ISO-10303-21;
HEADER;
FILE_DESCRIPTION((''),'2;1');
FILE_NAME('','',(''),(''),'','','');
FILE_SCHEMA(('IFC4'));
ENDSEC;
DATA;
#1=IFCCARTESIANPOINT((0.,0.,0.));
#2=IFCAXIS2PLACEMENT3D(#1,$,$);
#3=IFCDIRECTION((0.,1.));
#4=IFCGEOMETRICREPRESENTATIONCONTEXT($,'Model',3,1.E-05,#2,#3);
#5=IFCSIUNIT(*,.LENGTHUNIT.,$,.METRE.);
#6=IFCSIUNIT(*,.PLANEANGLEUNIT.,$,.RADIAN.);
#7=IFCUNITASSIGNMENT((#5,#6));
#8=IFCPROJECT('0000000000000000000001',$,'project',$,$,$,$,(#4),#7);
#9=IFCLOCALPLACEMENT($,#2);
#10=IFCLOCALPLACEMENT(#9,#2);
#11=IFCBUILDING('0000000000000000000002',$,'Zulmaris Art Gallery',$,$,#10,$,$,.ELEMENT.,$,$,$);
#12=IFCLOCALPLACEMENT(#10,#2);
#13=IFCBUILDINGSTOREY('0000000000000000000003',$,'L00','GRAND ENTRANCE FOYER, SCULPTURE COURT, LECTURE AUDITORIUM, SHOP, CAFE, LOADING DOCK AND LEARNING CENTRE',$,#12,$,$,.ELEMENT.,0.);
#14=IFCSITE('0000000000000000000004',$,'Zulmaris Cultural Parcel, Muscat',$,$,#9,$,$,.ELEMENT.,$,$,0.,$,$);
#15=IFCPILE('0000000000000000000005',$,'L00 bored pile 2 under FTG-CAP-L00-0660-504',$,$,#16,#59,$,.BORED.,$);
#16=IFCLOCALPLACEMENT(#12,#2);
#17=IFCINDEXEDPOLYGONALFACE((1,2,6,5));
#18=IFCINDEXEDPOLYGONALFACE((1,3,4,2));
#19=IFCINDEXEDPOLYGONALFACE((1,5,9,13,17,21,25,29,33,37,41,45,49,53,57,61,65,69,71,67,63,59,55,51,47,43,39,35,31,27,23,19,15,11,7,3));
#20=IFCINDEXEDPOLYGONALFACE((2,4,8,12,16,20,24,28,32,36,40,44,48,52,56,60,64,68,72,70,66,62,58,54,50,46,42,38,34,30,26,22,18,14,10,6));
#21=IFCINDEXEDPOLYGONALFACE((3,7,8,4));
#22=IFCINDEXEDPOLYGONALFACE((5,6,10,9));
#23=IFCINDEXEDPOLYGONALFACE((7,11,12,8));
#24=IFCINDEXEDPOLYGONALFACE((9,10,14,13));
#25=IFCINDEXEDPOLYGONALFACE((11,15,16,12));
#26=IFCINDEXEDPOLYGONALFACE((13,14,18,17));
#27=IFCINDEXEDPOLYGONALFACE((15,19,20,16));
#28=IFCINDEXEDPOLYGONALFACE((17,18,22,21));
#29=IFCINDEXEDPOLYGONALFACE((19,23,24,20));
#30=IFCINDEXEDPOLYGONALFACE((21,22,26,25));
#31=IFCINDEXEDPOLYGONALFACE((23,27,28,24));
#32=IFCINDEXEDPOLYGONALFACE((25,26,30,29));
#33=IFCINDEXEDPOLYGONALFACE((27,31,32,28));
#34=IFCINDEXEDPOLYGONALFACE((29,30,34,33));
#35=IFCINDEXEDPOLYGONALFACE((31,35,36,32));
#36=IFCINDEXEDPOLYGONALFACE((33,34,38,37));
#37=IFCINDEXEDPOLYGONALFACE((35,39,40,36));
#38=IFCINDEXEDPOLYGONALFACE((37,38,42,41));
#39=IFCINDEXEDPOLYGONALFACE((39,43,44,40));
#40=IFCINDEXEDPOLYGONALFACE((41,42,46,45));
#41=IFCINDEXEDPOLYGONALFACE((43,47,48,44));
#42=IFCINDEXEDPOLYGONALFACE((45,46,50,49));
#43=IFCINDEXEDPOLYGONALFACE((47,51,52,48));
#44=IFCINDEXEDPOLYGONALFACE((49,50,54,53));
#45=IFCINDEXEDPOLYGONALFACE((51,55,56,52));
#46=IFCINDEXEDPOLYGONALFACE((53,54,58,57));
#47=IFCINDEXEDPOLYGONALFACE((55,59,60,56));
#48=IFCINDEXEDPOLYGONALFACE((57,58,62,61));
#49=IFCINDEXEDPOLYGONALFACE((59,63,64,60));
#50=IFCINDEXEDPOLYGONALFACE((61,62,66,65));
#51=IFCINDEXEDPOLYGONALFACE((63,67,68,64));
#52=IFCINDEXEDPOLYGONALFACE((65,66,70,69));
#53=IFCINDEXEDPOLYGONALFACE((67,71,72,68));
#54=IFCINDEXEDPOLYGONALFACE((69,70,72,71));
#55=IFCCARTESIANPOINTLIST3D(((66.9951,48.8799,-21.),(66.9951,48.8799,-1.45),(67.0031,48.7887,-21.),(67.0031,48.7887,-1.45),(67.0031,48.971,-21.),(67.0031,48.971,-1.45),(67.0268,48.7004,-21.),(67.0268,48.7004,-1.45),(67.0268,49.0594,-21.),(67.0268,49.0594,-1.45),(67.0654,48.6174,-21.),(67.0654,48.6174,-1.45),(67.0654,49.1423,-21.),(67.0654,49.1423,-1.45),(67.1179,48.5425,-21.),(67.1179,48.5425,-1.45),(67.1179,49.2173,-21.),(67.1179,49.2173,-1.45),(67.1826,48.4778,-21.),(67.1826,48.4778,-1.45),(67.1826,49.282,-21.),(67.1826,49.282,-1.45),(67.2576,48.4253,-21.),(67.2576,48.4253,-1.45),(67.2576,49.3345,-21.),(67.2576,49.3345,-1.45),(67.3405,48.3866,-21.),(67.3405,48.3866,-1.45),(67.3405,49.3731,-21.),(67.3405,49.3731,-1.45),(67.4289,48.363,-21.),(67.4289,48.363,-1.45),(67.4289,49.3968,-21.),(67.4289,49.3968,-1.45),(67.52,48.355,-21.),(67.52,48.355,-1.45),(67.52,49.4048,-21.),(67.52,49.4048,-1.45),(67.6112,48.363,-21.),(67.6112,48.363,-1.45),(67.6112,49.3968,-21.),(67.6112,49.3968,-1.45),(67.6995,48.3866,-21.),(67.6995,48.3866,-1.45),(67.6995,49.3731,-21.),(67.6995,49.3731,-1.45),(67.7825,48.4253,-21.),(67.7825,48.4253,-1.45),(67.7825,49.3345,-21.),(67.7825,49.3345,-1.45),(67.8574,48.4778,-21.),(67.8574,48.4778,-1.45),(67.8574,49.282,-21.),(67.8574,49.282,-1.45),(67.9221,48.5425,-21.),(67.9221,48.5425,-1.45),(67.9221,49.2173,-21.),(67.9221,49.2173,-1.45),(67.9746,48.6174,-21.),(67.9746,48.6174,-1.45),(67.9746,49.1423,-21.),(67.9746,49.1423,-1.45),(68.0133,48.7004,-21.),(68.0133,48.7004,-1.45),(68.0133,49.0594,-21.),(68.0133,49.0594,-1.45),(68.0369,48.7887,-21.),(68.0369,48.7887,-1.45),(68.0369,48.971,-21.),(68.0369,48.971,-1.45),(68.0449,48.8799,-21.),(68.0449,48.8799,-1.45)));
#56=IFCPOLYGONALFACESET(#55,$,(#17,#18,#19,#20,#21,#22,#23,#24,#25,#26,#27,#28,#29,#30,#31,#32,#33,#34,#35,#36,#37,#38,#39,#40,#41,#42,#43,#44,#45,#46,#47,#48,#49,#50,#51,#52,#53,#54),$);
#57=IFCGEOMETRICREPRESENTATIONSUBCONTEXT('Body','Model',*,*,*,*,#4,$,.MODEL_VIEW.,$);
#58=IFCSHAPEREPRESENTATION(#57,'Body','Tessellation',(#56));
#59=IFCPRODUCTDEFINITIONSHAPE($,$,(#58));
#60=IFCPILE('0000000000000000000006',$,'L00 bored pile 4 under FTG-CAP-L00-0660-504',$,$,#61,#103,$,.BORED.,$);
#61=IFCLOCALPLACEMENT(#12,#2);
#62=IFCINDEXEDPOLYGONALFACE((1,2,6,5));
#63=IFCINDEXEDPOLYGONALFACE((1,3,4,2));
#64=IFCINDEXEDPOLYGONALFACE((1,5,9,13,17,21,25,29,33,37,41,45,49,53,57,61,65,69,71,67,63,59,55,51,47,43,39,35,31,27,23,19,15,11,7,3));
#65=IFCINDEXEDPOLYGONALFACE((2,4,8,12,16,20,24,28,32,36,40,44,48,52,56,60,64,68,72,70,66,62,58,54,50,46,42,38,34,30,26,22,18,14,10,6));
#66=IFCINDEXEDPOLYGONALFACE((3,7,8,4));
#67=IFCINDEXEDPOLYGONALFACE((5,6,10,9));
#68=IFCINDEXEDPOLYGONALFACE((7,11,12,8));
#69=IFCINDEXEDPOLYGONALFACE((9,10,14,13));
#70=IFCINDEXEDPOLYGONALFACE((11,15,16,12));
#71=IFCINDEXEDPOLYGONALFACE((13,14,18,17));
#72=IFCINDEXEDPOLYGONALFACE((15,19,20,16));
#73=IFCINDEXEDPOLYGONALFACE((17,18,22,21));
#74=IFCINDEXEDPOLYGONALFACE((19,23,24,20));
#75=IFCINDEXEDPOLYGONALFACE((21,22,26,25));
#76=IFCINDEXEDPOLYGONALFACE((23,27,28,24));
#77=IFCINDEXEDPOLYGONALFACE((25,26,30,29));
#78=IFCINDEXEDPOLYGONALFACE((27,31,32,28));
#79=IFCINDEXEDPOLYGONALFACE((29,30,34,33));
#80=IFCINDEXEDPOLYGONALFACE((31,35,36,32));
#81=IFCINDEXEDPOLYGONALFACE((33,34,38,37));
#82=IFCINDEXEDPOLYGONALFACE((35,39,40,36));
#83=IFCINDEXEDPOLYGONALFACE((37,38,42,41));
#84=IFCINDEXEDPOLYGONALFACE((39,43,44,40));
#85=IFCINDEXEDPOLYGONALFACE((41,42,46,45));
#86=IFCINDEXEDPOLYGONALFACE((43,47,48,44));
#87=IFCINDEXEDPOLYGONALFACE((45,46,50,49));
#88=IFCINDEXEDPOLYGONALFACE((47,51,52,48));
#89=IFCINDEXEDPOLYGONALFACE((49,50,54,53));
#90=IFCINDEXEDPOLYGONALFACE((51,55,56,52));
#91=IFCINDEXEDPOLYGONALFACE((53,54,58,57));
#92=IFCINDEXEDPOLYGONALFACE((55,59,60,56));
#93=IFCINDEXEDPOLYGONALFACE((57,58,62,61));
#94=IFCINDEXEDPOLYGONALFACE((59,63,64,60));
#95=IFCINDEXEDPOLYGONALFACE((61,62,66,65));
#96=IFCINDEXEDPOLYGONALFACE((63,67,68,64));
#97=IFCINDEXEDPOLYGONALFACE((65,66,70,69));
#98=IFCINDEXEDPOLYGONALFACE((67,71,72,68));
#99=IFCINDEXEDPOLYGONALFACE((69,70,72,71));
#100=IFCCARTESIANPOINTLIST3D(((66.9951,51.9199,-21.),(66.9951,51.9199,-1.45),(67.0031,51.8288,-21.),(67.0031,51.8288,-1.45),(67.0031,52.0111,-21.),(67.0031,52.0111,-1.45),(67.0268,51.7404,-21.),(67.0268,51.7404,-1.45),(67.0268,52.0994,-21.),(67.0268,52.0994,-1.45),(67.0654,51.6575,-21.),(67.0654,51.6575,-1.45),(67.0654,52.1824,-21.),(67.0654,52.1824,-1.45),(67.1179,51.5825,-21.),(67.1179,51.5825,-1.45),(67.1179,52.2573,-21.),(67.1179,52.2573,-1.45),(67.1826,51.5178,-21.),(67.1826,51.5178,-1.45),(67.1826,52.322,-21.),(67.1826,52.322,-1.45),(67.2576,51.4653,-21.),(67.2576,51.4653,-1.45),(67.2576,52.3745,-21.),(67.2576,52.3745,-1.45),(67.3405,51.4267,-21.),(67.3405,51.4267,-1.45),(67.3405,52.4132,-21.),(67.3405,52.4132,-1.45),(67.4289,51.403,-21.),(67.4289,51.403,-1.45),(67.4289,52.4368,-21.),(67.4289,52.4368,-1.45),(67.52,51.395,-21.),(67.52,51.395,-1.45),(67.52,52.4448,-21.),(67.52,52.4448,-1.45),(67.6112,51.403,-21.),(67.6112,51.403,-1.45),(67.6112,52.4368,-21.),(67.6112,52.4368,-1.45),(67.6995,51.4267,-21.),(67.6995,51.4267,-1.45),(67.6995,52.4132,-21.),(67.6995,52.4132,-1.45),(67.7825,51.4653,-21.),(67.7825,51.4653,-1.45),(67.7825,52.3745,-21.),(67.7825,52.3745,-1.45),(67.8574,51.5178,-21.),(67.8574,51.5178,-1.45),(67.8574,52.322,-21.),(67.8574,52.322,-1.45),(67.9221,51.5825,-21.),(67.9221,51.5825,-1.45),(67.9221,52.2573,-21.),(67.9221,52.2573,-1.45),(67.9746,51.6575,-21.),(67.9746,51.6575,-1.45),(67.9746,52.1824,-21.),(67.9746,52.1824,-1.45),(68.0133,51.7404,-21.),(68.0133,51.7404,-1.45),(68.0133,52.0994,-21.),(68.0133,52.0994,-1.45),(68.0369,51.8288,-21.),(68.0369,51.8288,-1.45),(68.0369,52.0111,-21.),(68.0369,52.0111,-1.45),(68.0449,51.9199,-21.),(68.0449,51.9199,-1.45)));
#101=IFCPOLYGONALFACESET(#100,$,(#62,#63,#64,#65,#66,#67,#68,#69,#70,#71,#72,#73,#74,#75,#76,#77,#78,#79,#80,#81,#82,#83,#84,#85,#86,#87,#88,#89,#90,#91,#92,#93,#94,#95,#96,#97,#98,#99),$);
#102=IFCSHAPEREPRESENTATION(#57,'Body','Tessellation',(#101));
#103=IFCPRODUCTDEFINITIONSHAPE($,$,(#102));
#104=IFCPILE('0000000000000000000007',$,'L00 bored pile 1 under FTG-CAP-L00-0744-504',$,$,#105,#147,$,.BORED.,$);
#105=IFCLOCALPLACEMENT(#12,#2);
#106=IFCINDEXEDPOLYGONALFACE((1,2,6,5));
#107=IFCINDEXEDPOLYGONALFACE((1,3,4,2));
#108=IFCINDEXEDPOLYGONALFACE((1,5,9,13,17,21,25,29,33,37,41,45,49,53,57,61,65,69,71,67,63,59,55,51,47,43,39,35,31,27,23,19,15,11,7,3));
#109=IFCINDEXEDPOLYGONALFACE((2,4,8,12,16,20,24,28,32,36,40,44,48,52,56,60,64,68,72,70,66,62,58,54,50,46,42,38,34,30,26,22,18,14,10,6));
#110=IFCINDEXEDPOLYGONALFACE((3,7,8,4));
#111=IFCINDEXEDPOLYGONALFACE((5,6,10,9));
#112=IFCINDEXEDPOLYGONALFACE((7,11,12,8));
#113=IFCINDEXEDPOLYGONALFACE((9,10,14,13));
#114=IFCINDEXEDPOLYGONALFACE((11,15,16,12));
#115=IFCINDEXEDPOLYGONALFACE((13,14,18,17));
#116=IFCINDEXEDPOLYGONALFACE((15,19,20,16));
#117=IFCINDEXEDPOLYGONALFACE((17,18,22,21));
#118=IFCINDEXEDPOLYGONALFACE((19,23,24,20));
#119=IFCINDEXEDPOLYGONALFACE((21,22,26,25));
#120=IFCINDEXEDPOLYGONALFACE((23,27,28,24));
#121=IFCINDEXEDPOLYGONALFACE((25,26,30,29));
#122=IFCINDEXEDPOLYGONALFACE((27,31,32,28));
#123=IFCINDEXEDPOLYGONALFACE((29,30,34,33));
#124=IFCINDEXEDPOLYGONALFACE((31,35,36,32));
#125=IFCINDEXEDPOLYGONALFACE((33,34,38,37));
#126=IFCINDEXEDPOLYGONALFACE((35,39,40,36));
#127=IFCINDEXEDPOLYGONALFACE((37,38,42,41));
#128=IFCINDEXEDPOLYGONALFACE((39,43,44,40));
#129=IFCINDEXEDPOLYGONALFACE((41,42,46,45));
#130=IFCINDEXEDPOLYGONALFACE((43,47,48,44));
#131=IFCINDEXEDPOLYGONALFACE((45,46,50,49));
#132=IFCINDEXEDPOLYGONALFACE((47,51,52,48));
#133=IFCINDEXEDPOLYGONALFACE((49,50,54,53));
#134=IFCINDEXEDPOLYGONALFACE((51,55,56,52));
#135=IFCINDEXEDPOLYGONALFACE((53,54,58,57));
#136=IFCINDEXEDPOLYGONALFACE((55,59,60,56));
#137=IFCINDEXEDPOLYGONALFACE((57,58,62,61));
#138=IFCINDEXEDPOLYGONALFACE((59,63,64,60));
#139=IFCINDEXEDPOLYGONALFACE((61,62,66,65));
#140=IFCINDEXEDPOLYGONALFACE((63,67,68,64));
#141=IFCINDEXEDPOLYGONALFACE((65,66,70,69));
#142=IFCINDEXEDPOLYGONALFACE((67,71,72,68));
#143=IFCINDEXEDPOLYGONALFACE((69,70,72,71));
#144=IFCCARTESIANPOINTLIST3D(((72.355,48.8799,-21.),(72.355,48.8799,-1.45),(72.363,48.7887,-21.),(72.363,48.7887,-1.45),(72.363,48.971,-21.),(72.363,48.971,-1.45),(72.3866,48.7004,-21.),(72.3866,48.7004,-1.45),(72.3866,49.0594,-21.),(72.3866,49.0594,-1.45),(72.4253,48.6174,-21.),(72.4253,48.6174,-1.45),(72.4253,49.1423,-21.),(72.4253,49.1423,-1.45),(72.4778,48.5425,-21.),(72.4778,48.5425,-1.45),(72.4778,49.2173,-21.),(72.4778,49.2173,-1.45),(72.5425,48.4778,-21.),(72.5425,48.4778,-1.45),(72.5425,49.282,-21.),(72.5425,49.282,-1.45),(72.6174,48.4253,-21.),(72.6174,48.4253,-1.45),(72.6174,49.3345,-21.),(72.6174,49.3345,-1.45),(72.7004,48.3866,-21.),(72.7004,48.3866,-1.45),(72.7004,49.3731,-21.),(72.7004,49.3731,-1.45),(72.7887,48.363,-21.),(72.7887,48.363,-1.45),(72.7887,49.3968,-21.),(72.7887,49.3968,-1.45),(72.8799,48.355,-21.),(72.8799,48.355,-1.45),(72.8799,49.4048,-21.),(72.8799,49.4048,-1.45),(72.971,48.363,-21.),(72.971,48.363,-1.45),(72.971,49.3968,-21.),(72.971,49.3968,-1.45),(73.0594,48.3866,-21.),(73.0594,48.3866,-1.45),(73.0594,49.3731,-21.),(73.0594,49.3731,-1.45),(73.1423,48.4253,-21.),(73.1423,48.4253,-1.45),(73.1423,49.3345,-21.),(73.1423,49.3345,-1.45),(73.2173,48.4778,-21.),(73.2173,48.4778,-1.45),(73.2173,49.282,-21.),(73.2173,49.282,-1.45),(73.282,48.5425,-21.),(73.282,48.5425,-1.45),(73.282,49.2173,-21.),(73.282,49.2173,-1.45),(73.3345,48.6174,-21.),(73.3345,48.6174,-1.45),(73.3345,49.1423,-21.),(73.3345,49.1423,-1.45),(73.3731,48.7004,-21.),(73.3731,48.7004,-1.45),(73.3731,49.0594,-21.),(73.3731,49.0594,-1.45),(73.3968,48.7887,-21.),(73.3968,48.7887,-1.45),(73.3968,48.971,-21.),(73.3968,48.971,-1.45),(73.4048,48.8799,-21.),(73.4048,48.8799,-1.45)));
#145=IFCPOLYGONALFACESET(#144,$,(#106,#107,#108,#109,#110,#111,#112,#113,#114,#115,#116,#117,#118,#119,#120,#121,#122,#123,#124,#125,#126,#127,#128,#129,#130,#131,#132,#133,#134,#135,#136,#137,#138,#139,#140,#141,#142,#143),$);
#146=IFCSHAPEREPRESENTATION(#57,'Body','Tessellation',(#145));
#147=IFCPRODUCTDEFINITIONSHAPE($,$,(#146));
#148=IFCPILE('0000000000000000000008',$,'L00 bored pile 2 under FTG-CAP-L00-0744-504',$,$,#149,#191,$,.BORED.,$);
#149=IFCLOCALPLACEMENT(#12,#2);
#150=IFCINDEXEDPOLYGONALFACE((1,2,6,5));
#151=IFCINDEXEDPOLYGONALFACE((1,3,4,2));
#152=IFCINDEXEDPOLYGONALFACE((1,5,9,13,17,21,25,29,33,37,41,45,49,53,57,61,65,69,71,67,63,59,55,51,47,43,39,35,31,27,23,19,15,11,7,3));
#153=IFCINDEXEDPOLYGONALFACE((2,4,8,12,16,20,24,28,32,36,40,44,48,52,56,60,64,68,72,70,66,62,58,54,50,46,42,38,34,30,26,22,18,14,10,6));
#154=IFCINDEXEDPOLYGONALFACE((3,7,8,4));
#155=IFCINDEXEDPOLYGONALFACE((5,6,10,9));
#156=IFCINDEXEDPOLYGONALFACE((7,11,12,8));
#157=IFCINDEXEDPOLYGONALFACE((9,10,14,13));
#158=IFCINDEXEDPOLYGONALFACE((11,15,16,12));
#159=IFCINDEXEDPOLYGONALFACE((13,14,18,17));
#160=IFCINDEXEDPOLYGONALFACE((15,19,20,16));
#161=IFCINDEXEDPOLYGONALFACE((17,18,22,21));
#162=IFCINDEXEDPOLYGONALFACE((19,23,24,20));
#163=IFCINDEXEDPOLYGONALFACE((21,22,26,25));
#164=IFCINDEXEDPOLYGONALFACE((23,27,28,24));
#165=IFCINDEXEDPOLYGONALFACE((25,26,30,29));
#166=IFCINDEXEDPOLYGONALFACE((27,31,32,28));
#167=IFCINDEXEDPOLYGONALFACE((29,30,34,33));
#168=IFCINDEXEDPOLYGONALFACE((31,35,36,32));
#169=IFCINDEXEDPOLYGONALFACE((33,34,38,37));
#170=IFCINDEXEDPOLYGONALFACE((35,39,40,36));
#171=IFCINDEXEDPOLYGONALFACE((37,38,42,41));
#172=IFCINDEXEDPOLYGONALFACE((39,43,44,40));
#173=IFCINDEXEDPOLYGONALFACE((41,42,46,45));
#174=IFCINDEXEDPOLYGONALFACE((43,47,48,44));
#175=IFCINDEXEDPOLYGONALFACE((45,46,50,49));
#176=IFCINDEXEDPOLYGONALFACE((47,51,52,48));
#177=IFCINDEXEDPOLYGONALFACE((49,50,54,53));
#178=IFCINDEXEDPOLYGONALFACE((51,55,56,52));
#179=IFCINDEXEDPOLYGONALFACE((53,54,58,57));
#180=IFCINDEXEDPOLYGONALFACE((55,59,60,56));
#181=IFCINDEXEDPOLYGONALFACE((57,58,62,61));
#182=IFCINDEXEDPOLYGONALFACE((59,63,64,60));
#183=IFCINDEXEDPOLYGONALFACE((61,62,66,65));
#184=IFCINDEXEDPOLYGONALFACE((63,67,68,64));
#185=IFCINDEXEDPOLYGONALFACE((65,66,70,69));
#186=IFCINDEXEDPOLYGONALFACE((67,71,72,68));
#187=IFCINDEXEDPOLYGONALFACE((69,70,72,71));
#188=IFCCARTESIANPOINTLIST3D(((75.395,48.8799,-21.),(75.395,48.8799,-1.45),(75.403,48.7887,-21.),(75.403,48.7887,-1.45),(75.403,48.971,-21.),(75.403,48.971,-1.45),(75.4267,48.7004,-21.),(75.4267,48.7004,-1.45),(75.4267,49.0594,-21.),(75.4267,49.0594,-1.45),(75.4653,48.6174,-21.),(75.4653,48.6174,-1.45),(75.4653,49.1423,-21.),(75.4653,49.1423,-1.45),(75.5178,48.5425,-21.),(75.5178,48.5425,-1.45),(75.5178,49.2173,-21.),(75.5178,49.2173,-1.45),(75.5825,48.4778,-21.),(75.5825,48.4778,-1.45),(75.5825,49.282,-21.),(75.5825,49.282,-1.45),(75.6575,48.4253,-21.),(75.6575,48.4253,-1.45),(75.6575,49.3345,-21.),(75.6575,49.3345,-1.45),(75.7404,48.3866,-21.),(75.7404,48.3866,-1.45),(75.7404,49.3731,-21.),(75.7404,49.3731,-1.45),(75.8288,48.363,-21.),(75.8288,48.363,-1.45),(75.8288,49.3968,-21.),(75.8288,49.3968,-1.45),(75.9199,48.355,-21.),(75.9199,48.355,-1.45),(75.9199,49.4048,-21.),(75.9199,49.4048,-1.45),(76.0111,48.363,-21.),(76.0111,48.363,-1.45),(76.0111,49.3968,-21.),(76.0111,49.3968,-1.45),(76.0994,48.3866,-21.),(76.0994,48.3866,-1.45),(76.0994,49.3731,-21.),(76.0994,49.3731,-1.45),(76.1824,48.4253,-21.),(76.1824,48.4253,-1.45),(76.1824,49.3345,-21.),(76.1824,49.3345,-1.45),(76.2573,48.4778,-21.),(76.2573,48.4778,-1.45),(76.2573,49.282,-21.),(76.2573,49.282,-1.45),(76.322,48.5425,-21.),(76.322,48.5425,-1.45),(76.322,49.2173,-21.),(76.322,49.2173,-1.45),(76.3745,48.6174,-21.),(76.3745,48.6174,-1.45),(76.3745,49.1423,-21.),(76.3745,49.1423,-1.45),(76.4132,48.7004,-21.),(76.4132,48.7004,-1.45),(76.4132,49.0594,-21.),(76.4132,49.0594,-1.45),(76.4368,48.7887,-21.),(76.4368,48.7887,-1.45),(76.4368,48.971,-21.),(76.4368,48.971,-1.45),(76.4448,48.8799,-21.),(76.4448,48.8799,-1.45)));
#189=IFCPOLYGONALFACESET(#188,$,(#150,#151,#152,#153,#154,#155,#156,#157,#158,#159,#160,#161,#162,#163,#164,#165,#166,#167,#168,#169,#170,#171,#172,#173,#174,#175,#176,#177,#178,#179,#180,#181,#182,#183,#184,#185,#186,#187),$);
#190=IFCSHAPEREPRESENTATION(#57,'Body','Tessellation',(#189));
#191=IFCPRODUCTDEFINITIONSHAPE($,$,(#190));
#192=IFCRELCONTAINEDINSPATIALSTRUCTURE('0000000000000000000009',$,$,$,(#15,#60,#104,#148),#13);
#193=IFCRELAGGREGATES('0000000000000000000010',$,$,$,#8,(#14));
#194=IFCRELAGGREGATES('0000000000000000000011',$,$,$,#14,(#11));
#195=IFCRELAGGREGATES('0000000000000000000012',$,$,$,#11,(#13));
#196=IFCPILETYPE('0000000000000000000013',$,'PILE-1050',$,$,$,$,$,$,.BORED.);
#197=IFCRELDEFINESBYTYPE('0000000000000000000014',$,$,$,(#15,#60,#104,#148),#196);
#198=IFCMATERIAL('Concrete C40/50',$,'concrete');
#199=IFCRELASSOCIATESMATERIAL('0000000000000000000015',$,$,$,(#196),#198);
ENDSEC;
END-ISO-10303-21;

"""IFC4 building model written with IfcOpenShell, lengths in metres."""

from ifc_helpers import new_model, si_unit, direction, frame, origin, origin_2d, place, context, subcontext, project, spatial, circle, extrude, material, material_profile, profile_set, type_object, element, save


model = new_model("IFC4")

# Units and contexts
model_context = context("Model", 3, precision=1e-05, world=origin(), true_north=direction((0.0, 1.0)))
body_context = subcontext(model_context, "Body", "Model", "MODEL_VIEW")
ifc_project = project(units=[si_unit("LENGTHUNIT", "METRE"), si_unit("PLANEANGLEUNIT", "RADIAN")], contexts=[model_context])

# Site, building, storey
site_placement = place(None, origin())
site = spatial("IfcSite", under=ifc_project, at=site_placement, Name="Zulmaris Cultural Parcel, Muscat", CompositionType="ELEMENT", RefElevation=0.0)
building_placement = place(site_placement, origin())
building = spatial("IfcBuilding", under=site, at=building_placement, Name="Zulmaris Art Gallery", CompositionType="ELEMENT")
storey_placement = place(building_placement, origin())
storey = spatial("IfcBuildingStorey", under=building, at=storey_placement, Name="L00", Description="GRAND ENTRANCE FOYER, SCULPTURE COURT, LECTURE AUDITORIUM, SHOP, CAFE, LOADING DOCK AND LEARNING CENTRE", CompositionType="ELEMENT", Elevation=0.0)

# Piles
ifc_material_1 = material(Name="Concrete C40/50", Category="concrete")
ifc_material_profile_1 = material_profile(ifc_material_1, circle(Radius=0.5249, at=origin_2d()), Name="PILE DIA 1050")
ifc_profile_set_1 = profile_set([ifc_material_profile_1], Name="Concrete C40/50")
pile_type = type_object("IfcPileType", Name="PILE-1050", PredefinedType="BORED", material=ifc_profile_set_1)
for number, where, z_axis, x_axis, name in (
    (1, (67.52, 48.8799, -1.45), (0.0, 0.0, -1.0), (1.0, 0.0, 0.0), "L00 bored pile 2 under FTG-CAP-L00-0660-504"),
    (2, (67.52, 51.9199, -1.45), (0.0, 0.0, -1.0), (1.0, 0.0, 0.0), "L00 bored pile 4 under FTG-CAP-L00-0660-504"),
    (3, (72.8799, 48.8799, -1.45), (0.0, 0.0, -1.0), (1.0, 0.0, 0.0), "L00 bored pile 1 under FTG-CAP-L00-0744-504"),
    (4, (75.9199, 48.8799, -1.45), (0.0, 0.0, -1.0), (1.0, 0.0, 0.0), "L00 bored pile 2 under FTG-CAP-L00-0744-504"),
):
    element("IfcPile", number, at=place(storey_placement, frame(where, z_axis=z_axis, x_axis=x_axis)), inside=storey, type_object=pile_type, Name=name, PredefinedType="BORED", context=body_context, shape_type="SweptSolid", body=[
        extrude(circle(Radius=0.5249, at=origin_2d()), origin(), (0.0, 0.0, 1.0), 19.55),
    ])

save(model, "model.ifc")
